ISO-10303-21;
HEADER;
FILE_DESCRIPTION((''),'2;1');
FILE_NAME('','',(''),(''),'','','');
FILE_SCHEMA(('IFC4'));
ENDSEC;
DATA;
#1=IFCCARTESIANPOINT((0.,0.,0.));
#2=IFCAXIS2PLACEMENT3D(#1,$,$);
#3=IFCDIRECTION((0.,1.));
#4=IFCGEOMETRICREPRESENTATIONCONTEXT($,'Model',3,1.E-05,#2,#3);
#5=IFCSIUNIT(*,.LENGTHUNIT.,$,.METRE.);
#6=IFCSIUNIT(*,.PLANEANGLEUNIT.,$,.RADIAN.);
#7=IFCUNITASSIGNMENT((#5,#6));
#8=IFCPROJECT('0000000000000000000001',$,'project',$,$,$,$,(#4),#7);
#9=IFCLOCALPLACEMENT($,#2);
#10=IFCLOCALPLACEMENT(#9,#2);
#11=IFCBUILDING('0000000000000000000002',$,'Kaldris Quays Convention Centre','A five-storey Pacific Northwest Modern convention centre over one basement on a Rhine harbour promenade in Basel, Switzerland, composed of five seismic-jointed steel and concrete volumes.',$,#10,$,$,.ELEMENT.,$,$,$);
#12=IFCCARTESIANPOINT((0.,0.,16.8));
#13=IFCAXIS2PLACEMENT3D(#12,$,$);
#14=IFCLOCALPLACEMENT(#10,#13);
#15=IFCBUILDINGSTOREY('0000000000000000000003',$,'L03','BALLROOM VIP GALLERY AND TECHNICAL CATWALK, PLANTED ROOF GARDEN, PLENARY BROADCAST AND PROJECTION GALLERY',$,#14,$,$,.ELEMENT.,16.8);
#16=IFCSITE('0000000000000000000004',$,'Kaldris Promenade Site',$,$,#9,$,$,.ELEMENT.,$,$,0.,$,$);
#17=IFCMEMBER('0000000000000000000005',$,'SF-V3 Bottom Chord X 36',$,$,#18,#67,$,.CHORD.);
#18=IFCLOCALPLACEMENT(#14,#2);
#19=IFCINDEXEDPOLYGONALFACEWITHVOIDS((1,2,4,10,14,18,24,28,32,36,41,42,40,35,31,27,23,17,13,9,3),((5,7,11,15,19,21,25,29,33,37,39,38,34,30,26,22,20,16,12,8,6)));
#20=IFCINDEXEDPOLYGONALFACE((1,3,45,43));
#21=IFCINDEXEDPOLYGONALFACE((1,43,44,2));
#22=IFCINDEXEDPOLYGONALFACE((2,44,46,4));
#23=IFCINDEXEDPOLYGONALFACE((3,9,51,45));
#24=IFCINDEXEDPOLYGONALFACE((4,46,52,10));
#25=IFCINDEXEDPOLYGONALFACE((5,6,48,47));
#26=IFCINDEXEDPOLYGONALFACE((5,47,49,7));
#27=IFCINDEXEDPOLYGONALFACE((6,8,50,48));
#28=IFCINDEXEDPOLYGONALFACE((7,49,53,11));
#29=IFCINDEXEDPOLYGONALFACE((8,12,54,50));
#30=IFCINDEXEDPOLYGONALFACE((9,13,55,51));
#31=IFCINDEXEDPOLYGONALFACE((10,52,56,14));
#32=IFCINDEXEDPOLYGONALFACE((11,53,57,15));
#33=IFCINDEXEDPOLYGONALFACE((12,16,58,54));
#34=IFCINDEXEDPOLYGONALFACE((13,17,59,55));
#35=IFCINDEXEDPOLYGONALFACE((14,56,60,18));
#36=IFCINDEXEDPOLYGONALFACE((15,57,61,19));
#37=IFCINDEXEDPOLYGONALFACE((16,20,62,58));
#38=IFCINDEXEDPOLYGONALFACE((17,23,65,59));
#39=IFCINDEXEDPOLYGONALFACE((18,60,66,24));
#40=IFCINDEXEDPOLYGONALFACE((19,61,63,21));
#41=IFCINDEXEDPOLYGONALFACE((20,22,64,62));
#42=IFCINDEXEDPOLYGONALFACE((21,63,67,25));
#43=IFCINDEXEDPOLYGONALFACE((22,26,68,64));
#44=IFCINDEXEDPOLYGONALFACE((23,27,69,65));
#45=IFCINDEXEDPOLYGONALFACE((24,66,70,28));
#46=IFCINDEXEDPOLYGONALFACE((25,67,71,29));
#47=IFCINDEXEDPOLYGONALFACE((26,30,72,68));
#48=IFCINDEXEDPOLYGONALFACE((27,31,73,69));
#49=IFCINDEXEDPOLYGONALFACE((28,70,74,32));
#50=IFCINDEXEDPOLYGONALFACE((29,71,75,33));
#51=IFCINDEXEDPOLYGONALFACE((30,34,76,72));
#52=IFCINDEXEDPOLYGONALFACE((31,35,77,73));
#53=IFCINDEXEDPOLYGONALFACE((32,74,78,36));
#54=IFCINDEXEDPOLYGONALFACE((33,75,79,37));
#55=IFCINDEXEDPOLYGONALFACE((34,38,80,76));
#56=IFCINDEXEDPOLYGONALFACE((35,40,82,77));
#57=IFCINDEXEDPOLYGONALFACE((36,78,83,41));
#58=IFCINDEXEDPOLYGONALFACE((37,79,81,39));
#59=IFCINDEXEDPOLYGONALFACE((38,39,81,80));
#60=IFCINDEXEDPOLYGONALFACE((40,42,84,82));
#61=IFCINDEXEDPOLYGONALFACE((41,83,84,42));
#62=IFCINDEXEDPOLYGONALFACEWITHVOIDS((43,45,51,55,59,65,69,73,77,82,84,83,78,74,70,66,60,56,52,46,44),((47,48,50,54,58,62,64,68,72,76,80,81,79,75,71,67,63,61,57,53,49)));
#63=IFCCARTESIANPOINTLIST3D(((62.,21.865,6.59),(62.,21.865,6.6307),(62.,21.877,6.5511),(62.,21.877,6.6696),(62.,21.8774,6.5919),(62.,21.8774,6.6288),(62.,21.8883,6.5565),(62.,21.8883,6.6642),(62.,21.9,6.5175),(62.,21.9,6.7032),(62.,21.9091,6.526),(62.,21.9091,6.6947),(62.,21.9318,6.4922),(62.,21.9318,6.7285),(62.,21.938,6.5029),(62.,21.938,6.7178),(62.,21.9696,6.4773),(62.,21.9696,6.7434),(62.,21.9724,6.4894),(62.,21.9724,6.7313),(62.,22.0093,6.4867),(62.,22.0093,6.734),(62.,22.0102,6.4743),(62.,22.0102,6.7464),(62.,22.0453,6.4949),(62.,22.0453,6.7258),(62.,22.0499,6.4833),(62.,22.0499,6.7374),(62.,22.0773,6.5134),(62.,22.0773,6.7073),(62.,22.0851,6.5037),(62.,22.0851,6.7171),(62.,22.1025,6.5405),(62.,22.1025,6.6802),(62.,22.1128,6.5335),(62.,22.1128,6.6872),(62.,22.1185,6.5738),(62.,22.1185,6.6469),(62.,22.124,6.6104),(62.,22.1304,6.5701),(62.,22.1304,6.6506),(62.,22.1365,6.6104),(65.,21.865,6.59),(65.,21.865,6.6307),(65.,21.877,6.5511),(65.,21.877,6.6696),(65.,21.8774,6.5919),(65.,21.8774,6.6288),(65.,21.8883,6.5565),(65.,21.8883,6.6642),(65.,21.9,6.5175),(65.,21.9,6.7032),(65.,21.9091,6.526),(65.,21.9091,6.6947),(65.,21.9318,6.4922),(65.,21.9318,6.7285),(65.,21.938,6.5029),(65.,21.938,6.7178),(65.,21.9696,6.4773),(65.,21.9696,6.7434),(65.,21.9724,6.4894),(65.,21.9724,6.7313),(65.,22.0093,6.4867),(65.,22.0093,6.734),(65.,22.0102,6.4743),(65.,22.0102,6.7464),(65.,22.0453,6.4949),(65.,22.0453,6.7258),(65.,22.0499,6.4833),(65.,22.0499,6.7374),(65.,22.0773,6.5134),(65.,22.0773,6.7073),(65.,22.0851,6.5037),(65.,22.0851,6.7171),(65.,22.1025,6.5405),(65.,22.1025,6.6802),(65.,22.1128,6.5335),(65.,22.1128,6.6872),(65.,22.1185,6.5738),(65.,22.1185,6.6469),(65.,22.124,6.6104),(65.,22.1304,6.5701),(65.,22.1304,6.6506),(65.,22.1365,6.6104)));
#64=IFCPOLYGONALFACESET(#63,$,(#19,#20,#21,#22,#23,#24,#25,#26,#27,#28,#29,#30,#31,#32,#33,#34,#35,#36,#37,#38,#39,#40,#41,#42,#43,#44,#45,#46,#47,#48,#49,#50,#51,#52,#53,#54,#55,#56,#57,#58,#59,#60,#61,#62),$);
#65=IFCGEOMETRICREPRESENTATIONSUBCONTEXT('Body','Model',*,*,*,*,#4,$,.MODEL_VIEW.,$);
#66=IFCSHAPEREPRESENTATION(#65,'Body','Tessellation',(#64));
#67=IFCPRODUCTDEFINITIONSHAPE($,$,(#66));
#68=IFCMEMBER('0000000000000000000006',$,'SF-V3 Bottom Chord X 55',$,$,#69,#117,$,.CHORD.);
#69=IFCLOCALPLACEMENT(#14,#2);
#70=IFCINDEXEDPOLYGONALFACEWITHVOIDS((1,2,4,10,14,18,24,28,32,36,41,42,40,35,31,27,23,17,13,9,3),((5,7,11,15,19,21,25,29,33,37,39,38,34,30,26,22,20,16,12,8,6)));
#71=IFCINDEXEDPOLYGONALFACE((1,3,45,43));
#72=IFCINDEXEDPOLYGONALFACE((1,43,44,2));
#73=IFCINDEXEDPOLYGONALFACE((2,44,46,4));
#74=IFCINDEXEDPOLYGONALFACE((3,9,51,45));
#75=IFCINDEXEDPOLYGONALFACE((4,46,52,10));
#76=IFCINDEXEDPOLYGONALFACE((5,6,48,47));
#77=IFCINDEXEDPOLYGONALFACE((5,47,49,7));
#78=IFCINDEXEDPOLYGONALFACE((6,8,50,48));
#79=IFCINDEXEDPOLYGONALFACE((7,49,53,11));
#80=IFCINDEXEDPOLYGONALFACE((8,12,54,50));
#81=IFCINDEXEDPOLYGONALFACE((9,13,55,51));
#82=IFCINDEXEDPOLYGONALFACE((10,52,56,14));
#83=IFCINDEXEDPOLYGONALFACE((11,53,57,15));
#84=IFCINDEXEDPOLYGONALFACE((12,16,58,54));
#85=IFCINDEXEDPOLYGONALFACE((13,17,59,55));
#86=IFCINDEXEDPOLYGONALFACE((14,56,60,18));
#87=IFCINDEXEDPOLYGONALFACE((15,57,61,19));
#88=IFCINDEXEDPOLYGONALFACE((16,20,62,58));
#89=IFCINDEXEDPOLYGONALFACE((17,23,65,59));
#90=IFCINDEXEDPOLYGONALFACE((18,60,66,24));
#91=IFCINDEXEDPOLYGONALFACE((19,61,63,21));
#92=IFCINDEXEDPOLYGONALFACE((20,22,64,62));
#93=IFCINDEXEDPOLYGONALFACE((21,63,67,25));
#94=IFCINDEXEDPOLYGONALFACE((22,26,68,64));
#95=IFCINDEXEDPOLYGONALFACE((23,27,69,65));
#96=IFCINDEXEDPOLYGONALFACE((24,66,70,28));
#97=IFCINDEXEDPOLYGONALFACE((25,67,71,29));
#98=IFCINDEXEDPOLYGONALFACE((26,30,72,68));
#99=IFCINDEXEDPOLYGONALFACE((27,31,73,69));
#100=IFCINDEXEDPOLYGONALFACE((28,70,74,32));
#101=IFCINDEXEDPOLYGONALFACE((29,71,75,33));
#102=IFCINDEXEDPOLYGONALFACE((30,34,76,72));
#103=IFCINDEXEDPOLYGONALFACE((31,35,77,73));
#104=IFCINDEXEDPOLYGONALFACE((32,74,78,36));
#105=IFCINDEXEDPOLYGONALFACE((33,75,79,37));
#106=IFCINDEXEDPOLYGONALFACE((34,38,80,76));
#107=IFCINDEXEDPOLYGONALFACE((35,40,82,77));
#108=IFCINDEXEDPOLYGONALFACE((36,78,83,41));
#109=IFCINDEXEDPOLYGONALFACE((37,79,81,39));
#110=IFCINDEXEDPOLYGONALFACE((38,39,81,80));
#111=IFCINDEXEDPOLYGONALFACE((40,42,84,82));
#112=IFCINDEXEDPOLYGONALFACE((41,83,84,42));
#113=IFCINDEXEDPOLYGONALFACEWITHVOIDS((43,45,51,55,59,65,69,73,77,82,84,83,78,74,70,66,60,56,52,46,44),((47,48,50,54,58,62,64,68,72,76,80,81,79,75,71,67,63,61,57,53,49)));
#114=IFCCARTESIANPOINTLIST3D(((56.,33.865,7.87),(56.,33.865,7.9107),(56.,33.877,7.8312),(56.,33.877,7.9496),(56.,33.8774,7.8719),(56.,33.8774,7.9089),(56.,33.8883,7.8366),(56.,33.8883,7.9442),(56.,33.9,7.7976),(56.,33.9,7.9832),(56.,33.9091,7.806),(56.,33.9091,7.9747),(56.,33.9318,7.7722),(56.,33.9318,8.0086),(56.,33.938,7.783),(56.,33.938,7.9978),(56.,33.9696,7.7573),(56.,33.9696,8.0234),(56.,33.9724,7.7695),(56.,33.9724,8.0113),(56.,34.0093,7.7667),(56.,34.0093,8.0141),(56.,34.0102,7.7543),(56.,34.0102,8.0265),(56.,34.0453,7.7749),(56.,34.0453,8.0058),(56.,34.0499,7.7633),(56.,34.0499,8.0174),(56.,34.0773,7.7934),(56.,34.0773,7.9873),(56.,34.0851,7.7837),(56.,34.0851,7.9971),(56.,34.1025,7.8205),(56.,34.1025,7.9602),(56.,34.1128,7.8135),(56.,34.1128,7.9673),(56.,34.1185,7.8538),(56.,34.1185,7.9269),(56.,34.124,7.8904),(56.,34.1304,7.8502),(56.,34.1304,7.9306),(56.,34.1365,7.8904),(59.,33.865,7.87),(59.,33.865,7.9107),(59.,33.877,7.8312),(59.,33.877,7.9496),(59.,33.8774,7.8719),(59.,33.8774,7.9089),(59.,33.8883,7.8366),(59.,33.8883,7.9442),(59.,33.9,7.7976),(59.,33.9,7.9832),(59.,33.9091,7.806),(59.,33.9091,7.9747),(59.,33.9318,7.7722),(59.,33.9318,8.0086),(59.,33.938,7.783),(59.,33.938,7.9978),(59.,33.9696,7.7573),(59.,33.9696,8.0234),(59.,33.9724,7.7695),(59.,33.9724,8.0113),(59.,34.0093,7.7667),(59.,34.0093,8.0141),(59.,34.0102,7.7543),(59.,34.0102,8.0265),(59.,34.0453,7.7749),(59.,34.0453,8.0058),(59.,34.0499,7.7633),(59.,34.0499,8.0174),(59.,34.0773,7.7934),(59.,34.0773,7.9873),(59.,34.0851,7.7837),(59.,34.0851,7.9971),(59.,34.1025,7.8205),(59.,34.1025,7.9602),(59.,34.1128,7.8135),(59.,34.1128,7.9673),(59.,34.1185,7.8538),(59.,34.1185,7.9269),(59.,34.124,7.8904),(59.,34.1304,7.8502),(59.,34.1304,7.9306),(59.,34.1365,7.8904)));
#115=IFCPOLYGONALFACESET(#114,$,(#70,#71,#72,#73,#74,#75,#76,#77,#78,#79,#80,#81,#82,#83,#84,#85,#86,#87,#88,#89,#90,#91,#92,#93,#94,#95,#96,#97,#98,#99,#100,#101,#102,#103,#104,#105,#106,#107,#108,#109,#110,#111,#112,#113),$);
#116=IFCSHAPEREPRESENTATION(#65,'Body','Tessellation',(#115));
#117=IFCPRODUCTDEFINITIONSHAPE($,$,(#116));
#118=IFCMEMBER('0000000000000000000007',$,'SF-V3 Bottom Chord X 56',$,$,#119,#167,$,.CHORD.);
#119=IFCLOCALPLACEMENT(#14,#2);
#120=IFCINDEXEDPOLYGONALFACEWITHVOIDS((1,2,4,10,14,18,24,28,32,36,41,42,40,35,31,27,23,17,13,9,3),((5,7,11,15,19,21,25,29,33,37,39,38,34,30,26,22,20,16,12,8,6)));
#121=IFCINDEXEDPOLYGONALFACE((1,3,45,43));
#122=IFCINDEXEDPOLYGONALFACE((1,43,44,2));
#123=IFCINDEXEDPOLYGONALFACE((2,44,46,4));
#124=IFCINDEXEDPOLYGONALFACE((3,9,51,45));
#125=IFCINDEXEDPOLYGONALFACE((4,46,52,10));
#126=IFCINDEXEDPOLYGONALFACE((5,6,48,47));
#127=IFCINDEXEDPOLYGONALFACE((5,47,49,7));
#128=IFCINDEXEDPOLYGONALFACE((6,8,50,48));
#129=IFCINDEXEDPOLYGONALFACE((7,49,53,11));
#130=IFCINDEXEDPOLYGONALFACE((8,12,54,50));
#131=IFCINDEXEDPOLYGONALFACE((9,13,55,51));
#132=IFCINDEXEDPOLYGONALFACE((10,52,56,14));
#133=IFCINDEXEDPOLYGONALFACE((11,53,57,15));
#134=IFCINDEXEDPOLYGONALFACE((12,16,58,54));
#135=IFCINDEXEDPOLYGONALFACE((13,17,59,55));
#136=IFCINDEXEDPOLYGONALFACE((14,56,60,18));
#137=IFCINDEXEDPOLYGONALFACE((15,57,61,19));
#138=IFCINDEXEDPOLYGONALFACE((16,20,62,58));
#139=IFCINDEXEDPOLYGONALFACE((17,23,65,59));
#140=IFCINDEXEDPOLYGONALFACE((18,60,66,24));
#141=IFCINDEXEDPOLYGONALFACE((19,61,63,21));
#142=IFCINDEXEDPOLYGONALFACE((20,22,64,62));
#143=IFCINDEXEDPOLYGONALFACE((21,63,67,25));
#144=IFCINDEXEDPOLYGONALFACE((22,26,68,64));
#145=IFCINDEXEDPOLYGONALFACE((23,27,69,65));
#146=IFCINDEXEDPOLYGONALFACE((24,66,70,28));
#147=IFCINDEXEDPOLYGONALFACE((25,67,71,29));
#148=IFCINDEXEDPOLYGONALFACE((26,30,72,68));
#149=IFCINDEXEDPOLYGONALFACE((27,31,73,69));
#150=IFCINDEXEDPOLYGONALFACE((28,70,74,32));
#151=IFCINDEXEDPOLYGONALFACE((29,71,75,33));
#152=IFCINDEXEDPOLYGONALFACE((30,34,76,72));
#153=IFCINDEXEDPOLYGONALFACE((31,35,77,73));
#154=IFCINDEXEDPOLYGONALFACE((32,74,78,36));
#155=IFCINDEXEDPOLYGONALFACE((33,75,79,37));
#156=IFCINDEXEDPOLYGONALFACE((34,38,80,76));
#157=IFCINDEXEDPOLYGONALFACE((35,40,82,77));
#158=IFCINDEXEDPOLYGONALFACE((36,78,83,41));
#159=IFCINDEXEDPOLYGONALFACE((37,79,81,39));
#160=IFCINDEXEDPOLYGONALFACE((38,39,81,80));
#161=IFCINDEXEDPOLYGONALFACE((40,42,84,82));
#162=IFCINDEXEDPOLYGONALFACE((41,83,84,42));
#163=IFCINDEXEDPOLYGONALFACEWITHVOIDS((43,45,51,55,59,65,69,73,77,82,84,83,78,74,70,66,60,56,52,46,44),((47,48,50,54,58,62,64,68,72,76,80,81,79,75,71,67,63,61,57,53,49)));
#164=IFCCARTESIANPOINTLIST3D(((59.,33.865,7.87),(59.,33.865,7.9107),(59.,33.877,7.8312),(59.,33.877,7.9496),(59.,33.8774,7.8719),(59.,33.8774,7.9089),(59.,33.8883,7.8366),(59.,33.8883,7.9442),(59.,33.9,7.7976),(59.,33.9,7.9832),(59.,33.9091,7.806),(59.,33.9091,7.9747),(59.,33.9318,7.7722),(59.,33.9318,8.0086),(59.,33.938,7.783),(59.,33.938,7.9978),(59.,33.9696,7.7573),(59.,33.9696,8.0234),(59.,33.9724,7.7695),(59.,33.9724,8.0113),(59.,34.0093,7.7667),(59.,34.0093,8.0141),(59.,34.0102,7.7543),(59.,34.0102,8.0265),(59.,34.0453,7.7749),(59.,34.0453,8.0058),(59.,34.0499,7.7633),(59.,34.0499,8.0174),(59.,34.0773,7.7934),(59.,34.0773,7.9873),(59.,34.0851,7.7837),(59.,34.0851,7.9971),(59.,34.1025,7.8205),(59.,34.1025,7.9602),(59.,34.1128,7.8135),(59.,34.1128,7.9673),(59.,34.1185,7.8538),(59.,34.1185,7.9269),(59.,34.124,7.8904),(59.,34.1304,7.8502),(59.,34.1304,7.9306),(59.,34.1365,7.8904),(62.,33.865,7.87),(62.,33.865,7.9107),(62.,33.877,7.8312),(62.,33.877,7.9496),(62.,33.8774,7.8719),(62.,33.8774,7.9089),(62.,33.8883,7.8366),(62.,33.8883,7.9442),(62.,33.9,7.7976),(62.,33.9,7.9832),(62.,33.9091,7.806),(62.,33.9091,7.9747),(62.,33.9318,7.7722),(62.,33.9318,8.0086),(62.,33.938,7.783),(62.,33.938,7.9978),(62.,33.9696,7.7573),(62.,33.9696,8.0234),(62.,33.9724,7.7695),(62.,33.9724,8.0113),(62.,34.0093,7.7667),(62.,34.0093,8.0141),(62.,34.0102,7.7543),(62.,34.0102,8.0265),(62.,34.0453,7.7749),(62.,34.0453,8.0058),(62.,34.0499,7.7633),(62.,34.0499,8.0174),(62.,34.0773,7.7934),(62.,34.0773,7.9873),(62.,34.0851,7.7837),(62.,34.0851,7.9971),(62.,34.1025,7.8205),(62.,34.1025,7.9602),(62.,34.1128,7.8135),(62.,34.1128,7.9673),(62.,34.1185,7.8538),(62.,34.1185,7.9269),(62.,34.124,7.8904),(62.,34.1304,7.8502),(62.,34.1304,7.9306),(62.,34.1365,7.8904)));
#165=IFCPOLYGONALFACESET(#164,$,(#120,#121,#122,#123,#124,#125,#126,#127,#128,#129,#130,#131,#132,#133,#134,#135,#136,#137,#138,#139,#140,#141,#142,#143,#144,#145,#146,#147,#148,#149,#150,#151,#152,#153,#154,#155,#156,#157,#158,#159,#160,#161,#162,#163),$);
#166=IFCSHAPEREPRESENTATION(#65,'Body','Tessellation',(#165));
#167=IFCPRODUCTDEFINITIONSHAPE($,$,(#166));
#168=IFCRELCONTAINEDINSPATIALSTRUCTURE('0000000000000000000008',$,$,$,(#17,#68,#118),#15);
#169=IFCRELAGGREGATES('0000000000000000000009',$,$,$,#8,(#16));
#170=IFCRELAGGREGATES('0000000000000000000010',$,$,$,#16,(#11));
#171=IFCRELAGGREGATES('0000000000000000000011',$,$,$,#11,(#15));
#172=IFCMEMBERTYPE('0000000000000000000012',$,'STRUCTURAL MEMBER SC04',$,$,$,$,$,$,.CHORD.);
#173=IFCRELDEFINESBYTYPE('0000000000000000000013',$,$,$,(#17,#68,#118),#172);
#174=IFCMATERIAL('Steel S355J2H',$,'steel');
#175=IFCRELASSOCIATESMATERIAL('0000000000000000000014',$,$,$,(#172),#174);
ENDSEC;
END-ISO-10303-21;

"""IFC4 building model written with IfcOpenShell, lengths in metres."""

from ifc_helpers import new_model, si_unit, direction, frame, origin, origin_2d, place, context, subcontext, project, spatial, hollow_circle, extrude, material, material_profile, profile_set, type_object, element, save


model = new_model("IFC4")

# Units and contexts
model_context = context("Model", 3, precision=1e-05, world=origin(), true_north=direction((0.0, 1.0)))
body_context = subcontext(model_context, "Body", "Model", "MODEL_VIEW")
ifc_project = project(units=[si_unit("LENGTHUNIT", "METRE"), si_unit("PLANEANGLEUNIT", "RADIAN")], contexts=[model_context])

# Site, building, storey
site_placement = place(None, origin())
site = spatial("IfcSite", under=ifc_project, at=site_placement, Name="Kaldris Promenade Site", CompositionType="ELEMENT", RefElevation=0.0)
building_placement = place(site_placement, origin())
building = spatial("IfcBuilding", under=site, at=building_placement, Name="Kaldris Quays Convention Centre", Description="A five-storey Pacific Northwest Modern convention centre over one basement on a Rhine harbour promenade in Basel, Switzerland, composed of five seismic-jointed steel and concrete volumes.", CompositionType="ELEMENT")
storey_placement = place(building_placement, frame((0.0, 0.0, 16.8)))
storey = spatial("IfcBuildingStorey", under=building, at=storey_placement, Name="L03", Description="BALLROOM VIP GALLERY AND TECHNICAL CATWALK, PLANTED ROOF GARDEN, PLENARY BROADCAST AND PROJECTION GALLERY", CompositionType="ELEMENT", Elevation=16.8)

# Members
ifc_material_1 = material(Name="Steel S355J2H", Category="steel")
ifc_material_profile_1 = material_profile(ifc_material_1, hollow_circle(Radius=0.1365, WallThickness=0.0125, at=origin_2d()), Name="CHS 273x12.5")
ifc_profile_set_1 = profile_set([ifc_material_profile_1], Name="Steel S355J2H")
member_type_1 = type_object("IfcMemberType", Name="STRUCTURAL MEMBER SC04", PredefinedType="CHORD", material=ifc_profile_set_1)
for number, where, z_axis, x_axis, name in (
    (1, (62.0, 22.0, 6.6104), (1.0, 0.0, 0.0), (0.0, 1.0, 0.0), "SF-V3 Bottom Chord X 36"),
    (2, (56.0, 34.0, 7.8904), (1.0, 0.0, 0.0), (0.0, 1.0, 0.0), "SF-V3 Bottom Chord X 55"),
    (3, (59.0, 34.0, 7.8904), (1.0, 0.0, 0.0), (0.0, 1.0, 0.0), "SF-V3 Bottom Chord X 56"),
):
    element("IfcMember", number, at=place(storey_placement, frame(where, z_axis=z_axis, x_axis=x_axis)), inside=storey, type_object=member_type_1, Name=name, PredefinedType="CHORD", context=body_context, shape_type="SweptSolid", body=[
        extrude(hollow_circle(Radius=0.1365, WallThickness=0.0125, at=origin_2d()), origin(), (0.0, 0.0, 1.0), 3.0),
    ])

save(model, "model.ifc")
